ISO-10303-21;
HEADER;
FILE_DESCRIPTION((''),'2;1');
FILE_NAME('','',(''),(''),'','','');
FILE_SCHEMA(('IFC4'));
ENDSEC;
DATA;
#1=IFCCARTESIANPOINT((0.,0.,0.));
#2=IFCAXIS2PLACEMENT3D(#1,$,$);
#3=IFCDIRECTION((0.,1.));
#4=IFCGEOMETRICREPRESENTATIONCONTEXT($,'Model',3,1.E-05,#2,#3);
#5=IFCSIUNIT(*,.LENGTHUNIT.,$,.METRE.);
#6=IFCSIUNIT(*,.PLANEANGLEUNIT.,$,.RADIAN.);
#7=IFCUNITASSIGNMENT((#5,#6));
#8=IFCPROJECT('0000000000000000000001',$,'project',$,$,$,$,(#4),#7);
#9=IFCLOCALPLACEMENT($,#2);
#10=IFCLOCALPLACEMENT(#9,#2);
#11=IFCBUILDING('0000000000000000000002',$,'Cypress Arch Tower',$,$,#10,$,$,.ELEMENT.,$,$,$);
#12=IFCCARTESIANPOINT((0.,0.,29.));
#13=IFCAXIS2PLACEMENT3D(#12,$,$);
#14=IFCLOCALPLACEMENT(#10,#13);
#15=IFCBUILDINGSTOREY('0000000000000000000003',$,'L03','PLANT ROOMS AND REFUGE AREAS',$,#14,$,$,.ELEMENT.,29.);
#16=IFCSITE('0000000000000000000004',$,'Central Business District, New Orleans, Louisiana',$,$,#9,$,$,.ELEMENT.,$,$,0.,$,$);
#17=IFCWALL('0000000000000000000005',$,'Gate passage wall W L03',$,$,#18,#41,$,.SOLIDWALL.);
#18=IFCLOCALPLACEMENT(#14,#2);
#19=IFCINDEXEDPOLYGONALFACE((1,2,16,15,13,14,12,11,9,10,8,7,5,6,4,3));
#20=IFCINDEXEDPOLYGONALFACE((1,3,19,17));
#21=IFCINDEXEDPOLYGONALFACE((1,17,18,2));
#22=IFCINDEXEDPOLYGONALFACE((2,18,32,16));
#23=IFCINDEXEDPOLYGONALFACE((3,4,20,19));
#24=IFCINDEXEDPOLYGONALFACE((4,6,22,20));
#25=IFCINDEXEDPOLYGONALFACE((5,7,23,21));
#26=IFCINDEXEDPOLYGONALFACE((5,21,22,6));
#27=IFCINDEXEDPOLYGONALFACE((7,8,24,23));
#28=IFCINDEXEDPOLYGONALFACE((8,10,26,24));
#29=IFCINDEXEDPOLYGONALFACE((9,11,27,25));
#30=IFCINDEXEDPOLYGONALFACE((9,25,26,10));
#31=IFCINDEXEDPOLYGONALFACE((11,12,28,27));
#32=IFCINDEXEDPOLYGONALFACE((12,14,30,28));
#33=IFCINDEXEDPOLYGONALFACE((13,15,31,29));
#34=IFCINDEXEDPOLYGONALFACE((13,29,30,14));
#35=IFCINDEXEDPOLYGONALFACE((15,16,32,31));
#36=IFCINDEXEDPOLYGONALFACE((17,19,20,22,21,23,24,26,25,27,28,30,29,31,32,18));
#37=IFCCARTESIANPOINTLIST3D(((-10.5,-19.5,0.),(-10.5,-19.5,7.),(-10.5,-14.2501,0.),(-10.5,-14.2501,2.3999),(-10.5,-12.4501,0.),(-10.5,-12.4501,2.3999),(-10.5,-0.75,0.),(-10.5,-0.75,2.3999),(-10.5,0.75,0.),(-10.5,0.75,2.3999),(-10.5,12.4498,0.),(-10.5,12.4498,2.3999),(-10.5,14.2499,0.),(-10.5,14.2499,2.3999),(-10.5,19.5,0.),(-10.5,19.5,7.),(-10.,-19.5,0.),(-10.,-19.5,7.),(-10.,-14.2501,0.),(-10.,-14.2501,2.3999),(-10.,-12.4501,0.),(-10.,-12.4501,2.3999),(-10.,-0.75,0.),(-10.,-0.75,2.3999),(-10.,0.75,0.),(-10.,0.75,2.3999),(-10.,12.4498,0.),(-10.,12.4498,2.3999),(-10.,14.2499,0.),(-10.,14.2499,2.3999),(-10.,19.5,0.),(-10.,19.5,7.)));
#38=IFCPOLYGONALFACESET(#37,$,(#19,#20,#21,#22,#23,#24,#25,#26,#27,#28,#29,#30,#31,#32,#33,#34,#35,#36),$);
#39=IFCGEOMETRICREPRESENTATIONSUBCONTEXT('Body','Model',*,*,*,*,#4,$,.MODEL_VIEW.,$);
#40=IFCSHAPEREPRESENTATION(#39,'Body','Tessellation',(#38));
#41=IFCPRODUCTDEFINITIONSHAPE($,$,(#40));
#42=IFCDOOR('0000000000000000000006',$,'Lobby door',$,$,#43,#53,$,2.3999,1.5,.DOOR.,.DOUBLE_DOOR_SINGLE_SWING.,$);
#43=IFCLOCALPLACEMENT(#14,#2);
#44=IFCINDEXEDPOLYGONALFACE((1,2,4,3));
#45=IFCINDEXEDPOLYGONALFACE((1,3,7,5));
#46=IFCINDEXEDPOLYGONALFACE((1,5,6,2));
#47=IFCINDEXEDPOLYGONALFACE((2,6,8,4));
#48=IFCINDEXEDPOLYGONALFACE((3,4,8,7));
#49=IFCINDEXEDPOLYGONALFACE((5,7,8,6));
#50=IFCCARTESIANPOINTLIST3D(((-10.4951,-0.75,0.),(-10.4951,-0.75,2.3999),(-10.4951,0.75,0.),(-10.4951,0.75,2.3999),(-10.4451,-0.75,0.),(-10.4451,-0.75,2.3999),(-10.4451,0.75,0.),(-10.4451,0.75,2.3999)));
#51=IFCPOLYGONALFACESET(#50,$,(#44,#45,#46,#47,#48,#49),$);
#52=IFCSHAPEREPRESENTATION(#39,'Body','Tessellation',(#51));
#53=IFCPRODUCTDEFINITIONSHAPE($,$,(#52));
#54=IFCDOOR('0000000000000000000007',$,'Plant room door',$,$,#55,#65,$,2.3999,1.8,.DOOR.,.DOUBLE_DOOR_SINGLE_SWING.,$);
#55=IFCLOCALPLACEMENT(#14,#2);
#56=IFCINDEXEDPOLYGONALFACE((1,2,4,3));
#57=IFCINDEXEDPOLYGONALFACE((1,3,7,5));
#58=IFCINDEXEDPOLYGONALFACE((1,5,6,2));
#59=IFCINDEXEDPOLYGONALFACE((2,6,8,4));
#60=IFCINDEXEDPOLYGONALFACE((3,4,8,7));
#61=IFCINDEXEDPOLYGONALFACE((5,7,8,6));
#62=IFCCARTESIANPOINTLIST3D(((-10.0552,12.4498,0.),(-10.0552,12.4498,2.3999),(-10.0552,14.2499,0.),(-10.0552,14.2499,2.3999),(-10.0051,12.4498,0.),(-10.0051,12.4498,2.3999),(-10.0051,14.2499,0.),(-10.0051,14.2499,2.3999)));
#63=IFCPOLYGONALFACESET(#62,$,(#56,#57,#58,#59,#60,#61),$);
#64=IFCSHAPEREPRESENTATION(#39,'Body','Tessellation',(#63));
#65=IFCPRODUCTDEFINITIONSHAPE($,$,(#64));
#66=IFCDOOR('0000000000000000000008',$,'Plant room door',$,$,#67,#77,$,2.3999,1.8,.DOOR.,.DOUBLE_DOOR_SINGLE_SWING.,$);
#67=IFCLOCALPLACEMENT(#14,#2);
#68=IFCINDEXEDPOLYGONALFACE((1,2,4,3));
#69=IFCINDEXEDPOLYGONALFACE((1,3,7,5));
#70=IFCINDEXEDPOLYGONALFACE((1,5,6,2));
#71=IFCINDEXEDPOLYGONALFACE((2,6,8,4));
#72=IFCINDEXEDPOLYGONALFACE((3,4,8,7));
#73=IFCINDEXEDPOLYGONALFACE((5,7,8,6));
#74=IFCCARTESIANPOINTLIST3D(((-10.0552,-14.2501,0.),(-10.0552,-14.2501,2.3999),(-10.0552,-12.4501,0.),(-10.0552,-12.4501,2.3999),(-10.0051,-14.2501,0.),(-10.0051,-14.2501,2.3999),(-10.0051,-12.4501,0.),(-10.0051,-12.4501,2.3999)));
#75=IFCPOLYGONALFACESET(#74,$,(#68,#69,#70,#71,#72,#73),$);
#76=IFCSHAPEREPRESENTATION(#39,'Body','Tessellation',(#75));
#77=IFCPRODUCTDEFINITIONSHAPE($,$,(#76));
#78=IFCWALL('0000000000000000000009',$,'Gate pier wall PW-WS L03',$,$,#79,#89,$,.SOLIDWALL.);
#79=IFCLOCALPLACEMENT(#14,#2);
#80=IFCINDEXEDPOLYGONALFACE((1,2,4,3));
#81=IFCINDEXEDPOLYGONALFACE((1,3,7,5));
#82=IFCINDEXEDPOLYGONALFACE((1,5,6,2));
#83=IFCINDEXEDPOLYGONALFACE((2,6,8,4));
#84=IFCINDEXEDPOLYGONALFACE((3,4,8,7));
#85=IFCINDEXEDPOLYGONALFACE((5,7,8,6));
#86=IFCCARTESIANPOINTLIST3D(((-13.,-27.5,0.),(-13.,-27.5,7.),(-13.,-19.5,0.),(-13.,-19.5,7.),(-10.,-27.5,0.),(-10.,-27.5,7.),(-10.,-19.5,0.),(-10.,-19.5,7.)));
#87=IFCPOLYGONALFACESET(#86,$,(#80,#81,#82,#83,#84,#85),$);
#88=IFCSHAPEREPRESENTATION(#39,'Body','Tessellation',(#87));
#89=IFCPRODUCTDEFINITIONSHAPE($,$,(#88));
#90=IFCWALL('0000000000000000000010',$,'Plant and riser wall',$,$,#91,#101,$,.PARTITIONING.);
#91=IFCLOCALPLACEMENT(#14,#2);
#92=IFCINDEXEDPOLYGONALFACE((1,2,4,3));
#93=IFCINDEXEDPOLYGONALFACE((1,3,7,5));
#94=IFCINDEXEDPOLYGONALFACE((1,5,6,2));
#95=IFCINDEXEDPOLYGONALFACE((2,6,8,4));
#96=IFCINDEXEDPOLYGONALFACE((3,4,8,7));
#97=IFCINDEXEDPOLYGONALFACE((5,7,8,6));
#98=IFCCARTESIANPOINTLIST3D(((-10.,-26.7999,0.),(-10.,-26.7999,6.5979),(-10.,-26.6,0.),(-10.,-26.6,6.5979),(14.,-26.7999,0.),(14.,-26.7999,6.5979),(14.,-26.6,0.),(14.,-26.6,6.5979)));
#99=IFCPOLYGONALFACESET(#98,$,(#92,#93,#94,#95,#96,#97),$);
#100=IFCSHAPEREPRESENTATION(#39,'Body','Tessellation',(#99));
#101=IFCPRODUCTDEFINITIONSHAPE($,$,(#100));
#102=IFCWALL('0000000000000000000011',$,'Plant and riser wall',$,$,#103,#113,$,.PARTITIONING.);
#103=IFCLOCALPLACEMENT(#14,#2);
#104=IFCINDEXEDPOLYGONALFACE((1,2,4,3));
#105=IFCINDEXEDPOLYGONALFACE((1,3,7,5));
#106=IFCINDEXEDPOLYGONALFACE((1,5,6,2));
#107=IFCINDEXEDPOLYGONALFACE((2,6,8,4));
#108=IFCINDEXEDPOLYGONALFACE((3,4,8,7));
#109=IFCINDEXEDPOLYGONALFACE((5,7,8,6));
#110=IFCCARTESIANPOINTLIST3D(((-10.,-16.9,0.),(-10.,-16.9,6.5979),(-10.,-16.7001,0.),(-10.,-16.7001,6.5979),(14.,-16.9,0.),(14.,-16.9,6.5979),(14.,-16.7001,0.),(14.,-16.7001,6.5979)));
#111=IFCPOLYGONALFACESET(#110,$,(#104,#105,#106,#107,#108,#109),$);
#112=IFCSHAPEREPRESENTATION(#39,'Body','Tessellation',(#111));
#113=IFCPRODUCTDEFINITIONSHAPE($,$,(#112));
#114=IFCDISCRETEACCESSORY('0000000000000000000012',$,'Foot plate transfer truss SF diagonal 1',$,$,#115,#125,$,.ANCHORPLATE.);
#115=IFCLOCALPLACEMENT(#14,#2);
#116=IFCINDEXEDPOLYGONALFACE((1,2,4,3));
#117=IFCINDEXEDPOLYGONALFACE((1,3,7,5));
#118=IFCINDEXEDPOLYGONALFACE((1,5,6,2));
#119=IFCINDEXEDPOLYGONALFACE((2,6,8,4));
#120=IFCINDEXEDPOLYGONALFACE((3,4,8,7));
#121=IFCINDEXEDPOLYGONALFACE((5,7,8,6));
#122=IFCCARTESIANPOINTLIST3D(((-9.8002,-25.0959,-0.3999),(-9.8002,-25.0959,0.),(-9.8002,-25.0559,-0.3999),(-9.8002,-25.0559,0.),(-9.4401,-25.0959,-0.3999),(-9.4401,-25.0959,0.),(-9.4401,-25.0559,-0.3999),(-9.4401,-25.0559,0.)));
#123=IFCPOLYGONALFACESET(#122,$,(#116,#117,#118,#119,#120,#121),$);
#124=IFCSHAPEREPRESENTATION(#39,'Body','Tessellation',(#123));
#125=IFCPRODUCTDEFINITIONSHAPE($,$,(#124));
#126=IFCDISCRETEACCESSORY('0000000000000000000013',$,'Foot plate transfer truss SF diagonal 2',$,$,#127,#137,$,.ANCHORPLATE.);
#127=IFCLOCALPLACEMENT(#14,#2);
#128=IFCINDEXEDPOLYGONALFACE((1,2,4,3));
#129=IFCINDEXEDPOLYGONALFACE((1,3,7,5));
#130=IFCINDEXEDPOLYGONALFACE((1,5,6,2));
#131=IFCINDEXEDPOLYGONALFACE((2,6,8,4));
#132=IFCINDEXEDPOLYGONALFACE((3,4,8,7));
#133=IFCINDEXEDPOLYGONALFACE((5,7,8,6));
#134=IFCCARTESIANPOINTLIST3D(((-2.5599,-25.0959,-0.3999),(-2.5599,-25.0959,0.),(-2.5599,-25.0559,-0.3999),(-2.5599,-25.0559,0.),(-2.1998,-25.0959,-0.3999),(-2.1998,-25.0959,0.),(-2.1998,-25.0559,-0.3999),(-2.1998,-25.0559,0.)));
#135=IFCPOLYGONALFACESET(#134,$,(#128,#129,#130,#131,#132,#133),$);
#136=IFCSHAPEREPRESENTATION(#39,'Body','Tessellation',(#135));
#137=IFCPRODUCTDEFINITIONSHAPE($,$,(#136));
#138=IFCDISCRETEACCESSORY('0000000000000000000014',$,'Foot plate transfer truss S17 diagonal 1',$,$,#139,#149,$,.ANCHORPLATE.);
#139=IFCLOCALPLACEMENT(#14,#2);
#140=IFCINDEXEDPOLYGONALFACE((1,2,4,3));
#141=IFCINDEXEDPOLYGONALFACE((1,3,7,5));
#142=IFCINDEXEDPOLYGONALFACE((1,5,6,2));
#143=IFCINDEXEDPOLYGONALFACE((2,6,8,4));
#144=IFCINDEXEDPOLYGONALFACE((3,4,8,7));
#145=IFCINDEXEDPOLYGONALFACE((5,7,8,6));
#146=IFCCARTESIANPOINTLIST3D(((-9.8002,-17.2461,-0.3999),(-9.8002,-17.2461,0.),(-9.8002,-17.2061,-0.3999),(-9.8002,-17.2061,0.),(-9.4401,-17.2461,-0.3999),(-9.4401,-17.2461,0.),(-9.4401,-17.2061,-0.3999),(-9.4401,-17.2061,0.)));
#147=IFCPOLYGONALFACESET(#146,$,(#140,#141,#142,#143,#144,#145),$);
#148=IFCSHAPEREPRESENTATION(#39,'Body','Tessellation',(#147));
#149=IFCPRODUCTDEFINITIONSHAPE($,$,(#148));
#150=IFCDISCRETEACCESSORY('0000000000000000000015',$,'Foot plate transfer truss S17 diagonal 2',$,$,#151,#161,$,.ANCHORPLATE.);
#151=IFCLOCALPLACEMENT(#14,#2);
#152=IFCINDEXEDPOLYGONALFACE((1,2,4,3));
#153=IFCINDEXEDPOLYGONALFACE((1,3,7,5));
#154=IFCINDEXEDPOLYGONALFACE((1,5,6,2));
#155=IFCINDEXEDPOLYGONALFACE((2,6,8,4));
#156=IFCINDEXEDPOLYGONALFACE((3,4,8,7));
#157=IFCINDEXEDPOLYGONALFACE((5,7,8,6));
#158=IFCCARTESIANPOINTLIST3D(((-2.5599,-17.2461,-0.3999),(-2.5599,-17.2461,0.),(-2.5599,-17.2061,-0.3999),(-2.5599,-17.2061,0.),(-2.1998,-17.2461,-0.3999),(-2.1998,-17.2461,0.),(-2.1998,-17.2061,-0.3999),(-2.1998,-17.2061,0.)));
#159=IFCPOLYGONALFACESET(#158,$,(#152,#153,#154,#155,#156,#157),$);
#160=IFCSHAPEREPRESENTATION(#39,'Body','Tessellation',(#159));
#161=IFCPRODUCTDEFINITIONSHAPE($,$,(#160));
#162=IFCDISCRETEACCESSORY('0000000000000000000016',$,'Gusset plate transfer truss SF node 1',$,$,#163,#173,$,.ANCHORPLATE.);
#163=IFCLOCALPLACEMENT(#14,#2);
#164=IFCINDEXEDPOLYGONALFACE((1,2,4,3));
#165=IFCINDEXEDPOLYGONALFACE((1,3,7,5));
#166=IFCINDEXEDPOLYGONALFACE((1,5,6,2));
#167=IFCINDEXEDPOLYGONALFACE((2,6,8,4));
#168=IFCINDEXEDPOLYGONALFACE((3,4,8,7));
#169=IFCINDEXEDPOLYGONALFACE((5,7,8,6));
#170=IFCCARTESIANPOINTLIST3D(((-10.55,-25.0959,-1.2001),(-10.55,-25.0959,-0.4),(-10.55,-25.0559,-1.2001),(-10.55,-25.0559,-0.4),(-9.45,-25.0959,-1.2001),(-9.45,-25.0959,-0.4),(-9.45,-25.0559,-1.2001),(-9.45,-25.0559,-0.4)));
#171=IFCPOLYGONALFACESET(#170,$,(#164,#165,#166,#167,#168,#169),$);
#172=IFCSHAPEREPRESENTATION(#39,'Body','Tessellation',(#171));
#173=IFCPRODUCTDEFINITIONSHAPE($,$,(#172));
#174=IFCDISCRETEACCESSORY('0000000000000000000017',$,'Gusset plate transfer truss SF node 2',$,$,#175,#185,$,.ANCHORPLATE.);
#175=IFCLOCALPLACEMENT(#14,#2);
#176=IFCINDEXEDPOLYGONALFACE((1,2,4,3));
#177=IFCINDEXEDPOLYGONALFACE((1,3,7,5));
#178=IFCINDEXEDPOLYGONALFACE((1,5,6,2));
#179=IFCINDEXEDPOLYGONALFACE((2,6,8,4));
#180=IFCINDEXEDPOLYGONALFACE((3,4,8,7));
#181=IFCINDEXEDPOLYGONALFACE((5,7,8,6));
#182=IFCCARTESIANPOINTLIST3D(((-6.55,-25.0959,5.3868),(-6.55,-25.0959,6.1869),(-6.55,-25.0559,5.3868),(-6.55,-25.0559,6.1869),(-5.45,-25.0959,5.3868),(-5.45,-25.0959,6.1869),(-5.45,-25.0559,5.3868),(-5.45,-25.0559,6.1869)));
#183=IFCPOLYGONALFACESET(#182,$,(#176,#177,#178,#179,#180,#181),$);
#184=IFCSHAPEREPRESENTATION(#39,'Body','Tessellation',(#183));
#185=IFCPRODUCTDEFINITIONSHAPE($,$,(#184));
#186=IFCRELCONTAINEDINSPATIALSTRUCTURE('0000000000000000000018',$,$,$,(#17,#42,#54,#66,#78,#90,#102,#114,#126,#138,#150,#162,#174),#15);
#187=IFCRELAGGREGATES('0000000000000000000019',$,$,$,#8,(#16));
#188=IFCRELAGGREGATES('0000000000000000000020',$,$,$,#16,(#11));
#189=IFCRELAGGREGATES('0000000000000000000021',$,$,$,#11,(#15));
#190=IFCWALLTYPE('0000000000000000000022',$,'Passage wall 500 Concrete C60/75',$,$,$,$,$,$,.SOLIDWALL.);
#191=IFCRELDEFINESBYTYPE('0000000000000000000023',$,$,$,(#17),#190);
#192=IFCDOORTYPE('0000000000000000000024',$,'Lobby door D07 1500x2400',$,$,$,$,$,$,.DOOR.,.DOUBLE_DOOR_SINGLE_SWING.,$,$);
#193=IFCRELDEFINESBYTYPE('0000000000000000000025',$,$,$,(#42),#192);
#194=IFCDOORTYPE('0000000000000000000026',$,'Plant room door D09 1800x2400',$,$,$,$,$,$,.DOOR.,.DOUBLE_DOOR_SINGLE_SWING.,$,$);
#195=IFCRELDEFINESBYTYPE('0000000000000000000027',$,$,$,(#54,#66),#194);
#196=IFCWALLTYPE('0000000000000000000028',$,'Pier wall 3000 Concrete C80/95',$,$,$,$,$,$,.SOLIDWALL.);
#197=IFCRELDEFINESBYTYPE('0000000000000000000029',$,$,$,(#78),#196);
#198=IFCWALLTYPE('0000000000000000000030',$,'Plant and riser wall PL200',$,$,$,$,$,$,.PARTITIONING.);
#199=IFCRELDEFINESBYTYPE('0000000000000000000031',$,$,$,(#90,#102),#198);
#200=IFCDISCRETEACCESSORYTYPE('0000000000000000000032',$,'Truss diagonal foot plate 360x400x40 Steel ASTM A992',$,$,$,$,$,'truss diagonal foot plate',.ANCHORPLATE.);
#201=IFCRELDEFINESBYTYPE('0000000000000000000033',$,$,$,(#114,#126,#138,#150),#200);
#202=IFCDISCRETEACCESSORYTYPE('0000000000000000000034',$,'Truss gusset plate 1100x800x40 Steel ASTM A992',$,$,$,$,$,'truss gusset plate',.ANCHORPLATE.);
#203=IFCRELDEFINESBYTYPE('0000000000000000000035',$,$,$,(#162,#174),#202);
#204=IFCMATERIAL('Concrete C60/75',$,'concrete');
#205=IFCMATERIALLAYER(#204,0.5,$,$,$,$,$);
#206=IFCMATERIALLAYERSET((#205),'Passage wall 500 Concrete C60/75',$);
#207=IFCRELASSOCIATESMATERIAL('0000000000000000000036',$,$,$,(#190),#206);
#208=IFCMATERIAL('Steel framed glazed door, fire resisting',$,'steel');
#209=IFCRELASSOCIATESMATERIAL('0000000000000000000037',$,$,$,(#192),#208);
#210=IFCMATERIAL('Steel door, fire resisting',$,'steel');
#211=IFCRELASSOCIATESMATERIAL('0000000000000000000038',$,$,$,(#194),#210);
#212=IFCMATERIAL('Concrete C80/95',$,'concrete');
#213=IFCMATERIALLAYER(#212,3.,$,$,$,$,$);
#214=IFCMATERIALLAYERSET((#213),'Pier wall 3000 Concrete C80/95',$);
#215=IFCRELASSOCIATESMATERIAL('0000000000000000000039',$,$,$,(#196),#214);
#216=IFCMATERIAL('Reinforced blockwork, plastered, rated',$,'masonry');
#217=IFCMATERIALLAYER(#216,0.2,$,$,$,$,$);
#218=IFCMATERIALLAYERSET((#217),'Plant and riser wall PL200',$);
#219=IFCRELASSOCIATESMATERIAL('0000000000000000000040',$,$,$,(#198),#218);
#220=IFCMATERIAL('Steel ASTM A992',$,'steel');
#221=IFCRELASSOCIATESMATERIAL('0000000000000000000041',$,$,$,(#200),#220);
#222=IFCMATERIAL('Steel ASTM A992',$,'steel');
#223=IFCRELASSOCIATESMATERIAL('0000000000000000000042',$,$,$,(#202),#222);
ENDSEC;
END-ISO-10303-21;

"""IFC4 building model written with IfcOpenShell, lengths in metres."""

from ifc_helpers import new_model, si_unit, direction, frame, frame_2d, origin, origin_2d, place, context, subcontext, project, spatial, rectangle, extrude, material, layer, layer_set, material_profile, profile_set, type_object, element, fill, save


model = new_model("IFC4")

# Units and contexts
model_context = context("Model", 3, precision=1e-05, world=origin(), true_north=direction((0.0, 1.0)))
body_context = subcontext(model_context, "Body", "Model", "MODEL_VIEW")
ifc_project = project(units=[si_unit("LENGTHUNIT", "METRE"), si_unit("PLANEANGLEUNIT", "RADIAN")], contexts=[model_context])

# Site, building, storey
site_placement = place(None, origin())
site = spatial("IfcSite", under=ifc_project, at=site_placement, Name="Central Business District, New Orleans, Louisiana", CompositionType="ELEMENT", RefElevation=0.0)
building_placement = place(site_placement, origin())
building = spatial("IfcBuilding", under=site, at=building_placement, Name="Cypress Arch Tower", CompositionType="ELEMENT")
storey_placement = place(building_placement, frame((0.0, 0.0, 29.0)))
storey = spatial("IfcBuildingStorey", under=building, at=storey_placement, Name="L03", Description="PLANT ROOMS AND REFUGE AREAS", CompositionType="ELEMENT", Elevation=29.0)

# Wall, openings, doors
ifc_material_1 = material(Name="Concrete C60/75", Category="concrete")
ifc_layer_1 = layer(ifc_material_1, 0.5)
ifc_layer_set_1 = layer_set([ifc_layer_1], Name="Passage wall 500 Concrete C60/75")
wall_type_1 = type_object("IfcWallType", Name="Passage wall 500 Concrete C60/75", PredefinedType="SOLIDWALL", material=ifc_layer_set_1)
wall_1_placement = place(storey_placement, frame((-10.25, -19.5, 0.0), z_axis=(0.0, 0.0, 1.0), x_axis=(0.0, 1.0, 0.0)))
wall_1 = element("IfcWall", 1, at=wall_1_placement, inside=storey, type_object=wall_type_1, Name="Gate passage wall W L03", PredefinedType="SOLIDWALL", context=body_context, shape_type="SweptSolid", body=[
    extrude(rectangle(XDim=39.0, YDim=0.5, at=frame_2d((19.5, 0.0))), origin(), (0.0, 0.0, 1.0), 7.0),
])
opening_1_placement = place(wall_1_placement, frame((18.75, 0.0, 0.0)))
opening_1 = element("IfcOpeningElement", 2, at=opening_1_placement, cuts=wall_1, PredefinedType="OPENING", context=body_context, shape_type="SweptSolid", body=[
    extrude(rectangle(XDim=1.5, YDim=2.3999, at=frame_2d((0.75, 1.2))), frame((0.0, 0.26, 0.0), z_axis=(0.0, -1.0, 0.0), x_axis=(1.0, 0.0, 0.0)), (0.0, 0.0, 1.0), 0.52),
])
opening_2_placement = place(wall_1_placement, frame((31.95, 0.0, 0.0)))
opening_2 = element("IfcOpeningElement", 3, at=opening_2_placement, cuts=wall_1, PredefinedType="OPENING", context=body_context, shape_type="SweptSolid", body=[
    extrude(rectangle(XDim=1.8, YDim=2.3999, at=frame_2d((0.8999, 1.2))), frame((0.0, 0.26, 0.0), z_axis=(0.0, -1.0, 0.0), x_axis=(1.0, 0.0, 0.0)), (0.0, 0.0, 1.0), 0.52),
])
opening_3_placement = place(wall_1_placement, frame((5.25, 0.0, 0.0)))
opening_3 = element("IfcOpeningElement", 4, at=opening_3_placement, cuts=wall_1, PredefinedType="OPENING", context=body_context, shape_type="SweptSolid", body=[
    extrude(rectangle(XDim=1.8, YDim=2.3999, at=frame_2d((0.8999, 1.2))), frame((0.0, 0.26, 0.0), z_axis=(0.0, -1.0, 0.0), x_axis=(1.0, 0.0, 0.0)), (0.0, 0.0, 1.0), 0.52),
])
ifc_material_2 = material(Name="Steel framed glazed door, fire resisting", Category="steel")
door_type_1 = type_object("IfcDoorType", Name="Lobby door D07 1500x2400", OperationType="DOUBLE_DOOR_SINGLE_SWING", PredefinedType="DOOR", material=ifc_material_2)
door_1_placement = place(opening_1_placement, origin())
door_1 = element("IfcDoor", 5, at=door_1_placement, inside=storey, type_object=door_type_1, Name="Lobby door", OperationType="DOUBLE_DOOR_SINGLE_SWING", OverallHeight=2.3999, OverallWidth=1.5, PredefinedType="DOOR", context=body_context, shape_type="SweptSolid", body=[
    extrude(rectangle(XDim=1.5, YDim=2.3999, at=frame_2d((0.75, 1.2))), frame((0.0, 0.2451, 0.0), z_axis=(0.0, -1.0, 0.0), x_axis=(1.0, 0.0, 0.0)), (0.0, 0.0, 1.0), 0.05),
])
fill(opening_1, door_1)
ifc_material_3 = material(Name="Steel door, fire resisting", Category="steel")
door_type_2 = type_object("IfcDoorType", Name="Plant room door D09 1800x2400", OperationType="DOUBLE_DOOR_SINGLE_SWING", PredefinedType="DOOR", material=ifc_material_3)
door_2_placement = place(opening_2_placement, origin())
door_2 = element("IfcDoor", 6, at=door_2_placement, inside=storey, type_object=door_type_2, Name="Plant room door", OperationType="DOUBLE_DOOR_SINGLE_SWING", OverallHeight=2.3999, OverallWidth=1.8, PredefinedType="DOOR", context=body_context, shape_type="SweptSolid", body=[
    extrude(rectangle(XDim=1.8, YDim=2.3999, at=frame_2d((0.8999, 1.2))), frame((0.0, -0.1948, 0.0), z_axis=(0.0, -1.0, 0.0), x_axis=(1.0, 0.0, 0.0)), (0.0, 0.0, 1.0), 0.05),
])
fill(opening_2, door_2)
door_3_placement = place(opening_3_placement, origin())
door_3 = element("IfcDoor", 7, at=door_3_placement, inside=storey, type_object=door_type_2, Name="Plant room door", OperationType="DOUBLE_DOOR_SINGLE_SWING", OverallHeight=2.3999, OverallWidth=1.8, PredefinedType="DOOR", context=body_context, shape_type="SweptSolid", body=[
    extrude(rectangle(XDim=1.8, YDim=2.3999, at=frame_2d((0.8999, 1.2))), frame((0.0, -0.1948, 0.0), z_axis=(0.0, -1.0, 0.0), x_axis=(1.0, 0.0, 0.0)), (0.0, 0.0, 1.0), 0.05),
])
fill(opening_3, door_3)

# Walls
ifc_material_4 = material(Name="Concrete C80/95", Category="concrete")
ifc_layer_2 = layer(ifc_material_4, 3.0)
ifc_layer_set_2 = layer_set([ifc_layer_2], Name="Pier wall 3000 Concrete C80/95")
wall_type_2 = type_object("IfcWallType", Name="Pier wall 3000 Concrete C80/95", PredefinedType="SOLIDWALL", material=ifc_layer_set_2)
wall_2_placement = place(storey_placement, frame((-11.5, -27.5, 0.0), z_axis=(0.0, 0.0, 1.0), x_axis=(0.0, 1.0, 0.0)))
element("IfcWall", 8, at=wall_2_placement, inside=storey, type_object=wall_type_2, Name="Gate pier wall PW-WS L03", PredefinedType="SOLIDWALL", context=body_context, shape_type="SweptSolid", body=[
    extrude(rectangle(XDim=8.0, YDim=3.0, at=frame_2d((4.0, 0.0))), origin(), (0.0, 0.0, 1.0), 7.0),
])
ifc_material_5 = material(Name="Reinforced blockwork, plastered, rated", Category="masonry")
ifc_layer_3 = layer(ifc_material_5, 0.2)
ifc_layer_set_3 = layer_set([ifc_layer_3], Name="Plant and riser wall PL200")
wall_type_3 = type_object("IfcWallType", Name="Plant and riser wall PL200", PredefinedType="PARTITIONING", material=ifc_layer_set_3)
for number, where, z_axis, x_axis, name in (
    (9, (-10.0, -26.7, 0.0), (0.0, 0.0, 1.0), (1.0, 0.0, 0.0), "Plant and riser wall"),
    (10, (-10.0, -16.8, 0.0), (0.0, 0.0, 1.0), (1.0, 0.0, 0.0), "Plant and riser wall"),
):
    element("IfcWall", number, at=place(storey_placement, frame(where, z_axis=z_axis, x_axis=x_axis)), inside=storey, type_object=wall_type_3, Name=name, PredefinedType="PARTITIONING", context=body_context, shape_type="SweptSolid", body=[
        extrude(rectangle(XDim=24.0, YDim=0.2, at=frame_2d((12.0, 0.0))), origin(), (0.0, 0.0, 1.0), 6.5979),
    ])

# Discrete accessories
ifc_material_6 = material(Name="Steel ASTM A992", Category="steel")
ifc_material_profile_1 = material_profile(ifc_material_6, rectangle(XDim=0.3601, YDim=0.3999, at=origin_2d()), Name="PL 40 360x400")
ifc_profile_set_1 = profile_set([ifc_material_profile_1], Name="Steel ASTM A992")
discrete_accessory_type_1 = type_object("IfcDiscreteAccessoryType", Name="Truss diagonal foot plate 360x400x40 Steel ASTM A992", ElementType="truss diagonal foot plate", PredefinedType="ANCHORPLATE", material=ifc_profile_set_1)
for number, where, z_axis, x_axis, name in (
    (11, (-9.6201, -25.0959, -0.2), (0.0, 1.0, 0.0), (-1.0, 0.0, 0.0), "Foot plate transfer truss SF diagonal 1"),
    (12, (-2.3799, -25.0959, -0.2), (0.0, 1.0, 0.0), (-1.0, 0.0, 0.0), "Foot plate transfer truss SF diagonal 2"),
    (13, (-9.6201, -17.2461, -0.2), (0.0, 1.0, 0.0), (-1.0, 0.0, 0.0), "Foot plate transfer truss S17 diagonal 1"),
    (14, (-2.3799, -17.2461, -0.2), (0.0, 1.0, 0.0), (-1.0, 0.0, 0.0), "Foot plate transfer truss S17 diagonal 2"),
):
    element("IfcDiscreteAccessory", number, at=place(storey_placement, frame(where, z_axis=z_axis, x_axis=x_axis)), inside=storey, type_object=discrete_accessory_type_1, Name=name, PredefinedType="ANCHORPLATE", context=body_context, shape_type="SweptSolid", body=[
        extrude(rectangle(XDim=0.3601, YDim=0.3999, at=origin_2d()), origin(), (0.0, 0.0, 1.0), 0.04),
    ])
ifc_material_7 = material(Name="Steel ASTM A992", Category="steel")
ifc_material_profile_2 = material_profile(ifc_material_7, rectangle(XDim=1.1001, YDim=0.8, at=origin_2d()), Name="PL 40 1100x800")
ifc_profile_set_2 = profile_set([ifc_material_profile_2], Name="Steel ASTM A992")
discrete_accessory_type_2 = type_object("IfcDiscreteAccessoryType", Name="Truss gusset plate 1100x800x40 Steel ASTM A992", ElementType="truss gusset plate", PredefinedType="ANCHORPLATE", material=ifc_profile_set_2)
for number, where, z_axis, x_axis, name in (
    (15, (-10.0, -25.0959, -0.8), (0.0, 1.0, 0.0), (-1.0, 0.0, 0.0), "Gusset plate transfer truss SF node 1"),
    (16, (-6.0, -25.0959, 5.7869), (0.0, 1.0, 0.0), (-1.0, 0.0, 0.0), "Gusset plate transfer truss SF node 2"),
):
    element("IfcDiscreteAccessory", number, at=place(storey_placement, frame(where, z_axis=z_axis, x_axis=x_axis)), inside=storey, type_object=discrete_accessory_type_2, Name=name, PredefinedType="ANCHORPLATE", context=body_context, shape_type="SweptSolid", body=[
        extrude(rectangle(XDim=1.1001, YDim=0.8, at=origin_2d()), origin(), (0.0, 0.0, 1.0), 0.04),
    ])

save(model, "model.ifc")
